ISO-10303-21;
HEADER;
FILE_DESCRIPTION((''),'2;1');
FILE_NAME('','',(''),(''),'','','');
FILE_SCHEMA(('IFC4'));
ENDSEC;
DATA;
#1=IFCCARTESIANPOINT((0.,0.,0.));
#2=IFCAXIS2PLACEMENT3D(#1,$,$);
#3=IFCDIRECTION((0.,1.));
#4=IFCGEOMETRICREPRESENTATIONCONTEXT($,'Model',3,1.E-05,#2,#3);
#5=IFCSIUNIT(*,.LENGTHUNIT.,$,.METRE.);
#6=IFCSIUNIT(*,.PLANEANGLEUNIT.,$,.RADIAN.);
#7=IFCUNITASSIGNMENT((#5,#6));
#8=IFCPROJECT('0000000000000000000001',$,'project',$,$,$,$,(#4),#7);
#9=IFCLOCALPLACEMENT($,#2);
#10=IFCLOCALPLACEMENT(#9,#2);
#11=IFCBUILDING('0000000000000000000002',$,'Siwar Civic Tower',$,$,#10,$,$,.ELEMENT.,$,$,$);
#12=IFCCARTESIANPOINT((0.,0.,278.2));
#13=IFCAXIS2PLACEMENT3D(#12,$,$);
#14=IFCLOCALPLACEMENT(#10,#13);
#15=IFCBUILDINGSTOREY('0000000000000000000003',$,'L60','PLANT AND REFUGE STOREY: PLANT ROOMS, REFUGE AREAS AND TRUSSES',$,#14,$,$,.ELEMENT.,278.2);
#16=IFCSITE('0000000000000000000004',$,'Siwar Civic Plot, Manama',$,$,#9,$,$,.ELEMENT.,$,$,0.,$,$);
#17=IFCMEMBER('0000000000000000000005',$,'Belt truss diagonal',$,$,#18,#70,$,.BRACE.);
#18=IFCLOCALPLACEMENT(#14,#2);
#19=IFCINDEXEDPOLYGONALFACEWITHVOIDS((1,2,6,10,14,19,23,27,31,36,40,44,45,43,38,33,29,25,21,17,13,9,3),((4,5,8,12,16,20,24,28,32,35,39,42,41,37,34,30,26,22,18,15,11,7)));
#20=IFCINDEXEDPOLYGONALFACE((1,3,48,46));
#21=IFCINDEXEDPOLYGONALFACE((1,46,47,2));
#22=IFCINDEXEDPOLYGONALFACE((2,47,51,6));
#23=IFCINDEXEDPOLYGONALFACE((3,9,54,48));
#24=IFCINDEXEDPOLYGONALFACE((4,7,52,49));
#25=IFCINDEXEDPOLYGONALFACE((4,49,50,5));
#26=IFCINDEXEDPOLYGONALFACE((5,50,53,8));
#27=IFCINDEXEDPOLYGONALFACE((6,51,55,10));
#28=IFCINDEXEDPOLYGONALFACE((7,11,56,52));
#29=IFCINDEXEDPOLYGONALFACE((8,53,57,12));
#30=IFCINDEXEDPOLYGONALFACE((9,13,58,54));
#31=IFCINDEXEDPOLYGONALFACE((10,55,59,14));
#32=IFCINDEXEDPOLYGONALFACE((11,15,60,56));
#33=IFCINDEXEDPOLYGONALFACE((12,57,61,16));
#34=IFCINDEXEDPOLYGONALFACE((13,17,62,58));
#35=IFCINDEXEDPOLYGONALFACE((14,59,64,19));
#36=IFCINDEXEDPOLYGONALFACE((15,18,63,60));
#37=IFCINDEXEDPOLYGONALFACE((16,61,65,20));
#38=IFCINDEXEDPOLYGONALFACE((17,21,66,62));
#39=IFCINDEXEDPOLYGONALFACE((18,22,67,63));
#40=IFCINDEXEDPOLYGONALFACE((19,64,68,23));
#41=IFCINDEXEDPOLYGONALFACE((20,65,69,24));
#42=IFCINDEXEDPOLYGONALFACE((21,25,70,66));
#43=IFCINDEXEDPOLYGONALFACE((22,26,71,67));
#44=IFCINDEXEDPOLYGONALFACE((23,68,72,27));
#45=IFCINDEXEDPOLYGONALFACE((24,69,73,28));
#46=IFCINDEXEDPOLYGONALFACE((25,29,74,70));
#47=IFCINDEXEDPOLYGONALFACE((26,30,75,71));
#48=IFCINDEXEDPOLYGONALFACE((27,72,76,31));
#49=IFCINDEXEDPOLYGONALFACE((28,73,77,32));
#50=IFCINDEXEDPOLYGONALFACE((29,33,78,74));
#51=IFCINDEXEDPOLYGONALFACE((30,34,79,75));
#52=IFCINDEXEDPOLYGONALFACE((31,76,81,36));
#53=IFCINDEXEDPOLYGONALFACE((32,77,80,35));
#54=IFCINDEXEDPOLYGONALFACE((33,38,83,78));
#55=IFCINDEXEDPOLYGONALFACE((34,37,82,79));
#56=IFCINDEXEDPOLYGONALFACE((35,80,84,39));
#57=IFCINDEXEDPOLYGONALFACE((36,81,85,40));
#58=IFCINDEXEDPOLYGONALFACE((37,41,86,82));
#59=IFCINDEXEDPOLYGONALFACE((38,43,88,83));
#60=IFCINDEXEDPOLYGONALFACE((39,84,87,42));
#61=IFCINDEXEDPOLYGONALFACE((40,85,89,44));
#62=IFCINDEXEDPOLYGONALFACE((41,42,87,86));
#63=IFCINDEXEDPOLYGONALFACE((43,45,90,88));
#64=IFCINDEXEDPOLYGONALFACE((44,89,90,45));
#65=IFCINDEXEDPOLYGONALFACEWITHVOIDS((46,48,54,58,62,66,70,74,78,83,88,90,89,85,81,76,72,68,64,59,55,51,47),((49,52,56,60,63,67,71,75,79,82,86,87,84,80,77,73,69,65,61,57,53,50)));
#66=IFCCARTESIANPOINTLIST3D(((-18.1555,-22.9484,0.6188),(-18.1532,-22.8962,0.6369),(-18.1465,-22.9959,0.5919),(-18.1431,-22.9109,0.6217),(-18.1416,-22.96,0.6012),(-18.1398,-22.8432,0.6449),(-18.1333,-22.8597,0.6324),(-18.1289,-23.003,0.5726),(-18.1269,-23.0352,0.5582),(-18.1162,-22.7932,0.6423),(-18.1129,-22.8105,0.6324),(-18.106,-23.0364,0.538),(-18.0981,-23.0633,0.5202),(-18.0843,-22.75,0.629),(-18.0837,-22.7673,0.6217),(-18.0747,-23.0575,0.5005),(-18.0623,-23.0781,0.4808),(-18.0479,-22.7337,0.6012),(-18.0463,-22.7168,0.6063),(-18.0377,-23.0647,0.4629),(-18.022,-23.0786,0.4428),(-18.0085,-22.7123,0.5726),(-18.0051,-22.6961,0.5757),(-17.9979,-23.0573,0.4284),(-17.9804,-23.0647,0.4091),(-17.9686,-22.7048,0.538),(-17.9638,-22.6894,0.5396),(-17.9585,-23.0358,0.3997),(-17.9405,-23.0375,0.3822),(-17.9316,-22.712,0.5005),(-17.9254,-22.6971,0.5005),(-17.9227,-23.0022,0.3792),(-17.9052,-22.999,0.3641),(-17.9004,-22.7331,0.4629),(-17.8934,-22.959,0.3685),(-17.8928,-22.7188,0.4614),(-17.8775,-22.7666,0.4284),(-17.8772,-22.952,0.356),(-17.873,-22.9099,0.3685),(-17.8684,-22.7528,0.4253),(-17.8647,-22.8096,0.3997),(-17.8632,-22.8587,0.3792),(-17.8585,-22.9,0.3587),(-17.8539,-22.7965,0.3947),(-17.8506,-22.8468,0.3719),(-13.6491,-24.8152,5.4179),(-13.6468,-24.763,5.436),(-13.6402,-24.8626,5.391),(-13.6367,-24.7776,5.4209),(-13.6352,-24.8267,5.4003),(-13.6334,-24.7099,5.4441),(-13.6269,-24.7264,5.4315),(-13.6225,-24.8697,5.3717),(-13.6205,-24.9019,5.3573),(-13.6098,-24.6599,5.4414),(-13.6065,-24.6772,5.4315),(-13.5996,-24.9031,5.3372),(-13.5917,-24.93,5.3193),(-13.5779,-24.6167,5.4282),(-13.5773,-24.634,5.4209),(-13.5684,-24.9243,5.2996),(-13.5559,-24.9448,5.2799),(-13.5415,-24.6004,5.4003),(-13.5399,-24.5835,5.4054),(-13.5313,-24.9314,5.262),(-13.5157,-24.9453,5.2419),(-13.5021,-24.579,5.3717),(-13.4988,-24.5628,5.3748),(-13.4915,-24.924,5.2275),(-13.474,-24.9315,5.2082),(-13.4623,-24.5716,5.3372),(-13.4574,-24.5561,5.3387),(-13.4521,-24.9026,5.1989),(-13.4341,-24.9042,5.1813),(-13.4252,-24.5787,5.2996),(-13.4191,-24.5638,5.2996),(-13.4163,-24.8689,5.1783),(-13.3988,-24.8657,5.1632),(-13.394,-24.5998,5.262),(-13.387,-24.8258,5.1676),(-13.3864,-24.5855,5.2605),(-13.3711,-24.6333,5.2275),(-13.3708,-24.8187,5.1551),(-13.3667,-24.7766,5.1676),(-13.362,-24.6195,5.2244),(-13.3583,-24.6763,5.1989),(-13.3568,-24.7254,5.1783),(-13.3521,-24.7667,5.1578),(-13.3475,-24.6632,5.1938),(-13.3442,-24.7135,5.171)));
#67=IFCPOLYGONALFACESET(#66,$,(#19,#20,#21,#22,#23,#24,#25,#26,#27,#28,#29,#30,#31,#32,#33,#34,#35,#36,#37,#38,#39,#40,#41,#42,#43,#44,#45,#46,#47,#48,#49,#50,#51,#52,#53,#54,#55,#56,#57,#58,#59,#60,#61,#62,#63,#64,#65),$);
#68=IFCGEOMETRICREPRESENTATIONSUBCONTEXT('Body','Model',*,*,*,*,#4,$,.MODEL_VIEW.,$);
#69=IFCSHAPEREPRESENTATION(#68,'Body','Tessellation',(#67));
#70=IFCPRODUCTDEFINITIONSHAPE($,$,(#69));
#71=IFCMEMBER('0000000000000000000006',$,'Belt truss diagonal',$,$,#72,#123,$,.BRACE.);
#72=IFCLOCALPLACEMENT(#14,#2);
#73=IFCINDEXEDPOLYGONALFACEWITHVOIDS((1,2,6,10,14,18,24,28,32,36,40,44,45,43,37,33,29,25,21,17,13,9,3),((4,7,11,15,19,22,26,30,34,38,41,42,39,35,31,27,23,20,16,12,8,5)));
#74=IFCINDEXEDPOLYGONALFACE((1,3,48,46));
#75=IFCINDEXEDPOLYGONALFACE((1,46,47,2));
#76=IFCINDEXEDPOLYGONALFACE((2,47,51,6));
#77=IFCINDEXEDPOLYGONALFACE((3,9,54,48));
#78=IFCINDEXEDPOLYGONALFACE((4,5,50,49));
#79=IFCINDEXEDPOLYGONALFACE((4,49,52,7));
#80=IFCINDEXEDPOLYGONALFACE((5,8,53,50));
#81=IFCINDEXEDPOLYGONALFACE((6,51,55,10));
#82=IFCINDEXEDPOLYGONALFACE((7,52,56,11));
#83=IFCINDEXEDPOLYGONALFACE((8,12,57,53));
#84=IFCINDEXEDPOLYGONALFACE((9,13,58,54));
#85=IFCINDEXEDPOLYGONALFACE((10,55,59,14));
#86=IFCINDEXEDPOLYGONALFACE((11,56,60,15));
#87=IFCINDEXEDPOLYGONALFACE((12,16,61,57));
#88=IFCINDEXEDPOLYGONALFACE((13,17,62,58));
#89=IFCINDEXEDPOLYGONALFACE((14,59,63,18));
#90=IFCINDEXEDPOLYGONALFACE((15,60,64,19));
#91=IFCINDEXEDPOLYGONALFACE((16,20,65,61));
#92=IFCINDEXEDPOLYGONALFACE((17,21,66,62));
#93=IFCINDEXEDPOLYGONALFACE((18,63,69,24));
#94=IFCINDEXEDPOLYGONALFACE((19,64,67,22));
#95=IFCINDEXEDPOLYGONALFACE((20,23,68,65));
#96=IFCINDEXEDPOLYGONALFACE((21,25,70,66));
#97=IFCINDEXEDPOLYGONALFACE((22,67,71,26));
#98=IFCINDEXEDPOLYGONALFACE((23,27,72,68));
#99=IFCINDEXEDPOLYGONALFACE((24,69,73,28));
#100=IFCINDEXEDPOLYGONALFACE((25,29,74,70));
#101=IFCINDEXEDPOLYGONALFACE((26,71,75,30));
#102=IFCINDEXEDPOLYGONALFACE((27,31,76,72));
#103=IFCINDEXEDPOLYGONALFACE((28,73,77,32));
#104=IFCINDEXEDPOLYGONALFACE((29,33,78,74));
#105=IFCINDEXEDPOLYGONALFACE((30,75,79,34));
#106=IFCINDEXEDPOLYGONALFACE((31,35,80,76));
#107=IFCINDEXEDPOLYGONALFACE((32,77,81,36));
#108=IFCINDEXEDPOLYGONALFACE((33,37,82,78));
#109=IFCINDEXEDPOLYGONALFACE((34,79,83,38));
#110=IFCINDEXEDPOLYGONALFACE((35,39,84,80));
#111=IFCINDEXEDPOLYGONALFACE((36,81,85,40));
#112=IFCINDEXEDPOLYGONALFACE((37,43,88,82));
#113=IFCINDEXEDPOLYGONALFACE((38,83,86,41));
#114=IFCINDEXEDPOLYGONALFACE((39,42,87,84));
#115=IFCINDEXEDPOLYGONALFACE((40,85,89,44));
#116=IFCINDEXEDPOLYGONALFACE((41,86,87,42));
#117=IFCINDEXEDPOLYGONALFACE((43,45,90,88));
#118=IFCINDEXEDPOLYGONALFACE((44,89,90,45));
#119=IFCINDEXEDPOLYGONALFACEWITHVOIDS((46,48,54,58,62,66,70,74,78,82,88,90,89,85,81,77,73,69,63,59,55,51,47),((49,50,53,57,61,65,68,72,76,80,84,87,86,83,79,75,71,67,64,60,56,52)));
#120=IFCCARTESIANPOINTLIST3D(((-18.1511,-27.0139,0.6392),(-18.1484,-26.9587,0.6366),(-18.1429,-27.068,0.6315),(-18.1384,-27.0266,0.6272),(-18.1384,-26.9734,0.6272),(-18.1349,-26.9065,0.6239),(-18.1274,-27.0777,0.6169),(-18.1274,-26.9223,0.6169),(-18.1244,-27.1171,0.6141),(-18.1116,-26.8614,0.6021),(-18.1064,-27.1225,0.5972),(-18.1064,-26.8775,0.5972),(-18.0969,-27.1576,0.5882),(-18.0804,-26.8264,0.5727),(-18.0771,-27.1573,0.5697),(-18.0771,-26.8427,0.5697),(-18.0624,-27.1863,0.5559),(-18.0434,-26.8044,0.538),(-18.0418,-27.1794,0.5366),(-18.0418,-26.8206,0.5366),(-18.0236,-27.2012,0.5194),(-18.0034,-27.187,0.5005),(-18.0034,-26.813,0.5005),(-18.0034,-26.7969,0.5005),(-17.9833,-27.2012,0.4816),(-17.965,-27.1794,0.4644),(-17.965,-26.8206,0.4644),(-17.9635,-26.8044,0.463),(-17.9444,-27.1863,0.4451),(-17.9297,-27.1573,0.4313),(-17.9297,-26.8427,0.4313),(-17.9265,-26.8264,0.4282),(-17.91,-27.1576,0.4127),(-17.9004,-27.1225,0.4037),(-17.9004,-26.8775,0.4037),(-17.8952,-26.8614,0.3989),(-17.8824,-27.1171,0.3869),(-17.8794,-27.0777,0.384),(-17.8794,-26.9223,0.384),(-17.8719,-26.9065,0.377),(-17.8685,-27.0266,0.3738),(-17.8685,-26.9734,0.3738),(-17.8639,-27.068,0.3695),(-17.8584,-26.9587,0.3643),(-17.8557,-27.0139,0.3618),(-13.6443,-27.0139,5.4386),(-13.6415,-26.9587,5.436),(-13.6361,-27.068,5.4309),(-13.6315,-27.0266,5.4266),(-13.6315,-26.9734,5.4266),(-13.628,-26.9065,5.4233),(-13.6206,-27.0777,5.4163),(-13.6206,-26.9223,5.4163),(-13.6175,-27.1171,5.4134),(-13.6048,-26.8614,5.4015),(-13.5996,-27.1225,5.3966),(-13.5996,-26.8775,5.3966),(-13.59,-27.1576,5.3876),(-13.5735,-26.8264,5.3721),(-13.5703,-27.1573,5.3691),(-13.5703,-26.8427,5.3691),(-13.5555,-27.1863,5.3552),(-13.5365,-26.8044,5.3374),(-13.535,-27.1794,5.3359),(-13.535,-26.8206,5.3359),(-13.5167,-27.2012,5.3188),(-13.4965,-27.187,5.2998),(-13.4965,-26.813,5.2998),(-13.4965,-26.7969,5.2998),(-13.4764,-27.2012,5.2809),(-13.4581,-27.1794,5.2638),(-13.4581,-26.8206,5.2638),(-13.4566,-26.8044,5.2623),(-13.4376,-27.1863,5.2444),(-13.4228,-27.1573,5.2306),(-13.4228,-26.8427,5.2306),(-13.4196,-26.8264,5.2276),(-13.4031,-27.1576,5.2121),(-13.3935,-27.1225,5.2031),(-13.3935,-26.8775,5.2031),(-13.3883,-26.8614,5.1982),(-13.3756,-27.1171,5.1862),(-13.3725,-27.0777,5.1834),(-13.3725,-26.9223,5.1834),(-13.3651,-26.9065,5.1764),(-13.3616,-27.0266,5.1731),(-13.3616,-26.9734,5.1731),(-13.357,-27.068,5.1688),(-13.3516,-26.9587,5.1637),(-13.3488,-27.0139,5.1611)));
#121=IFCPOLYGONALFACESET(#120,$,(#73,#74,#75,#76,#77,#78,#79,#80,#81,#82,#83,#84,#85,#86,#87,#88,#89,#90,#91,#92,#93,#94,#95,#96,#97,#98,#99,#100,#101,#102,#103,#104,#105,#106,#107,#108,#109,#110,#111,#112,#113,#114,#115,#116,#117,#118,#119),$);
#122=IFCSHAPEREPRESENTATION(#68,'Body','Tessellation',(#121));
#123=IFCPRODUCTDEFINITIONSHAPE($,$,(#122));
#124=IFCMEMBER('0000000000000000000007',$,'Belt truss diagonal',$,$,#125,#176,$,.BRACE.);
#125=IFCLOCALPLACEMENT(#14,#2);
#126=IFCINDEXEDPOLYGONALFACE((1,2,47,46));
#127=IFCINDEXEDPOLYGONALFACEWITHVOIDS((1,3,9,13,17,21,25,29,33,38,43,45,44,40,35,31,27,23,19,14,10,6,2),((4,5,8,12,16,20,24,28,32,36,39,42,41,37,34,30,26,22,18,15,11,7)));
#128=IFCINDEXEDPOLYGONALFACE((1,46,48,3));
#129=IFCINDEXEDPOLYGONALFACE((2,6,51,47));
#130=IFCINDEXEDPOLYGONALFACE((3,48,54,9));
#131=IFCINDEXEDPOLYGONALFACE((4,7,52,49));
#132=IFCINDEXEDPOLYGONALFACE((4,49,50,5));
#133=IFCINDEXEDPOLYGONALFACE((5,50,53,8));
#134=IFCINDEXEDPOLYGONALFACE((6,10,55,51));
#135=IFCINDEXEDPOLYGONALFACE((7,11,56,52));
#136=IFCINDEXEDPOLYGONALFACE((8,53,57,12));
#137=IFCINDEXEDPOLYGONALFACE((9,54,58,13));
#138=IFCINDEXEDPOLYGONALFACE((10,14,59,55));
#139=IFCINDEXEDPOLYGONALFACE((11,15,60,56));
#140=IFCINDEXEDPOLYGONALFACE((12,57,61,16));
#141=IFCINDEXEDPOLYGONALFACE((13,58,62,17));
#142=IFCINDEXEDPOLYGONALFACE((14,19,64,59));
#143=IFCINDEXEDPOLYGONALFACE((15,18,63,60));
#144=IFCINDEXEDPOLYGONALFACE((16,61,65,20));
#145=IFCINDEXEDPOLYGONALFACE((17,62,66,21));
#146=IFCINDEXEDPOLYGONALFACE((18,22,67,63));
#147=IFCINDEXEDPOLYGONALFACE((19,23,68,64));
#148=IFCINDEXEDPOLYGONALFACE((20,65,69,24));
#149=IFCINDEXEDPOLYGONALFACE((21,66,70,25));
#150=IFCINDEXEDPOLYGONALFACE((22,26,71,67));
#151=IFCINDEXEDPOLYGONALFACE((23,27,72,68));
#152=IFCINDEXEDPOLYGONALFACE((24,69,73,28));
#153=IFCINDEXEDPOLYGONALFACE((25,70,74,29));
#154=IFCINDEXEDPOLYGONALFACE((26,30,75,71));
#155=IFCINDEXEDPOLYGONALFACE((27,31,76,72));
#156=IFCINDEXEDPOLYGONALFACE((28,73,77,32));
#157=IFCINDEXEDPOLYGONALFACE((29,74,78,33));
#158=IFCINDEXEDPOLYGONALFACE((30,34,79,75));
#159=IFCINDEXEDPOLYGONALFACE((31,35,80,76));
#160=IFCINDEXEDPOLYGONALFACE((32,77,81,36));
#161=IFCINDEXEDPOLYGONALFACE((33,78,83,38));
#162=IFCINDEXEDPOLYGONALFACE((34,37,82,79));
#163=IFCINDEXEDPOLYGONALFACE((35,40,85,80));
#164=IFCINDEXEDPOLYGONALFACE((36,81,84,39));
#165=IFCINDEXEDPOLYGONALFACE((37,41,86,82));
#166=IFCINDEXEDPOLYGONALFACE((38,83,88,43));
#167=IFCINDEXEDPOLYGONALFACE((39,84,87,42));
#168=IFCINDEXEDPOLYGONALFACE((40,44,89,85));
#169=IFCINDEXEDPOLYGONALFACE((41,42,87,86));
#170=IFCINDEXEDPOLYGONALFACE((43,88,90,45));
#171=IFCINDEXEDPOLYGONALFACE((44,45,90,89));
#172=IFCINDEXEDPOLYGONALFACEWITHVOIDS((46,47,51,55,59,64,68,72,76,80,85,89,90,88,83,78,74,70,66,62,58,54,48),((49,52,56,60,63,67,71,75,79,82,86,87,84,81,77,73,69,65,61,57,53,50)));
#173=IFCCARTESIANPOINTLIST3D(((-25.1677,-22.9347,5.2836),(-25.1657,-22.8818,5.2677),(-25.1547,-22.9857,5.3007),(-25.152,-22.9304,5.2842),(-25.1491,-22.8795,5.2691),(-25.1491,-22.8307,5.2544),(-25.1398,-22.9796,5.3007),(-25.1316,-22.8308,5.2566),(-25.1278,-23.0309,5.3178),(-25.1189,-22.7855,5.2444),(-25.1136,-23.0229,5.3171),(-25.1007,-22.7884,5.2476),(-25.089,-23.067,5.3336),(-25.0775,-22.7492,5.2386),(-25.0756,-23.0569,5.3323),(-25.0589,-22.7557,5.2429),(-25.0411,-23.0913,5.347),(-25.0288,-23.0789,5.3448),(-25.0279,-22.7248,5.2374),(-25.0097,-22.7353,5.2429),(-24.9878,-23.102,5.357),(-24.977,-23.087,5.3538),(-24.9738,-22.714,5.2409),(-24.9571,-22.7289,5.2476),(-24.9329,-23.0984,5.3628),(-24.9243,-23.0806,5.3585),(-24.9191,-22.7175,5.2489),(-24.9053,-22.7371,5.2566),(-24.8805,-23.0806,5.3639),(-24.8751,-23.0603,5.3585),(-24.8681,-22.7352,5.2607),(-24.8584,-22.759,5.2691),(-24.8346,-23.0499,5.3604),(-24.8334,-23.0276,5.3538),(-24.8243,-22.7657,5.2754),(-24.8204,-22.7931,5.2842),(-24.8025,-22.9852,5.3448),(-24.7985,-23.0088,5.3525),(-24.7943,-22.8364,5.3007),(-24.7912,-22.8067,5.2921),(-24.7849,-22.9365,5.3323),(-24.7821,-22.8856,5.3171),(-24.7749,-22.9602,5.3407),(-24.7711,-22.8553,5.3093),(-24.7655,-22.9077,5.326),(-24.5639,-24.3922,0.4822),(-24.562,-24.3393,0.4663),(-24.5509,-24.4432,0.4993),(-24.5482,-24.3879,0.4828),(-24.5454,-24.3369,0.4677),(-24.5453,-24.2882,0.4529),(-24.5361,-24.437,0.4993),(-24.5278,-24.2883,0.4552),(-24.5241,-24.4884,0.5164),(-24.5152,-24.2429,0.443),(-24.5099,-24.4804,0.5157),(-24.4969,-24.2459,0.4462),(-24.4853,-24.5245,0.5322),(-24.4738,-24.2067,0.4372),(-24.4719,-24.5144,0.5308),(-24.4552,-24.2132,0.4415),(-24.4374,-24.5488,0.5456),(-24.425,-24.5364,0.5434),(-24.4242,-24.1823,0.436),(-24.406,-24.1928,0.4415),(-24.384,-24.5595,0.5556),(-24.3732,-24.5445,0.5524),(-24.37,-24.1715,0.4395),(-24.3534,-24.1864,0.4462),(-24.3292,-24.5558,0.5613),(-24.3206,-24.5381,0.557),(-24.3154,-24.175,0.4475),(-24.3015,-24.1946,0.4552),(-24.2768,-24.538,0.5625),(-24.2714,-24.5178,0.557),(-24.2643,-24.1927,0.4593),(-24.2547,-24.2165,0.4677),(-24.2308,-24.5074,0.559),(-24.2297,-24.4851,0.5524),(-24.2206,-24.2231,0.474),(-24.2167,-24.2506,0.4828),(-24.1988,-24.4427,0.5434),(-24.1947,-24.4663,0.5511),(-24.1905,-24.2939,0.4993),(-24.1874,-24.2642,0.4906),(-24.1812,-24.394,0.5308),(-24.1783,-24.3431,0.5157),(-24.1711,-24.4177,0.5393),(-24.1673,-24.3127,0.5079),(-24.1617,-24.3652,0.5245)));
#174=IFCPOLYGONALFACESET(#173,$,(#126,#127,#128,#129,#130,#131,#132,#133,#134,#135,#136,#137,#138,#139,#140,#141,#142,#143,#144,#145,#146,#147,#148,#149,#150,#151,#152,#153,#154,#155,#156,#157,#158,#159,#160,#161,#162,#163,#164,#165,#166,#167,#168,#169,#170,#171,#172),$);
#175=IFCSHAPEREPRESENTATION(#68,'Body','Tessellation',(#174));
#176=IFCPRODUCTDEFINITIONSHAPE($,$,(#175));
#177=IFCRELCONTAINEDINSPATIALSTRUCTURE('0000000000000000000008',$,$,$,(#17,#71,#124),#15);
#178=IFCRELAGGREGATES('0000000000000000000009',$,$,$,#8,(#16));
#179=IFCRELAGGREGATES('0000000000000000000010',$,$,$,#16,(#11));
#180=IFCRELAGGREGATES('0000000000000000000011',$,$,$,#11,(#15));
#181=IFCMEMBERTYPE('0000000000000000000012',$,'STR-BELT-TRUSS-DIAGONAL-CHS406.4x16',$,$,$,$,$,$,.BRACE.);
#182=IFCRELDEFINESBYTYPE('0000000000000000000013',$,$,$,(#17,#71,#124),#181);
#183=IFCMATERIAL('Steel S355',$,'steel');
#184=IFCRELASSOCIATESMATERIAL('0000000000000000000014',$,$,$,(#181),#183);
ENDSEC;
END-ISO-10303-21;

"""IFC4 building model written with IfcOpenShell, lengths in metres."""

from ifc_helpers import new_model, si_unit, direction, frame, origin, origin_2d, place, context, subcontext, project, spatial, hollow_circle, extrude, material, material_profile, profile_set, type_object, element, save


model = new_model("IFC4")

# Units and contexts
model_context = context("Model", 3, precision=1e-05, world=origin(), true_north=direction((0.0, 1.0)))
body_context = subcontext(model_context, "Body", "Model", "MODEL_VIEW")
ifc_project = project(units=[si_unit("LENGTHUNIT", "METRE"), si_unit("PLANEANGLEUNIT", "RADIAN")], contexts=[model_context])

# Site, building, storey
site_placement = place(None, origin())
site = spatial("IfcSite", under=ifc_project, at=site_placement, Name="Siwar Civic Plot, Manama", CompositionType="ELEMENT", RefElevation=0.0)
building_placement = place(site_placement, origin())
building = spatial("IfcBuilding", under=site, at=building_placement, Name="Siwar Civic Tower", CompositionType="ELEMENT")
storey_placement = place(building_placement, frame((0.0, 0.0, 278.2)))
storey = spatial("IfcBuildingStorey", under=building, at=storey_placement, Name="L60", Description="PLANT AND REFUGE STOREY: PLANT ROOMS, REFUGE AREAS AND TRUSSES", CompositionType="ELEMENT", Elevation=278.2)

# Members
ifc_material_1 = material(Name="Steel S355", Category="steel")
ifc_material_profile_1 = material_profile(ifc_material_1, hollow_circle(Radius=0.2031, WallThickness=0.0161, at=origin_2d()), Name="CHS406.4x16")
ifc_profile_set_1 = profile_set([ifc_material_profile_1], Name="Steel S355")
member_type_1 = type_object("IfcMemberType", Name="STR-BELT-TRUSS-DIAGONAL-CHS406.4x16", PredefinedType="BRACE", material=ifc_profile_set_1)
member_1_placement = place(storey_placement, frame((-18.0032, -22.8848, 0.5005), z_axis=(0.658561, -0.272801, 0.70134), x_axis=(0.382702, 0.923872, 0.0)))
element("IfcMember", 1, at=member_1_placement, inside=storey, type_object=member_type_1, Name="Belt truss diagonal", PredefinedType="BRACE", context=body_context, shape_type="SweptSolid", body=[
    extrude(hollow_circle(Radius=0.2031, WallThickness=0.0161, at=origin_2d()), origin(), (0.0, 0.0, 1.0), 6.8428),
])
member_2_placement = place(storey_placement, frame((-18.0034, -27.0, 0.5005), z_axis=(0.684545, 0.0, 0.72897), x_axis=(0.0, 1.0, 0.0)))
element("IfcMember", 2, at=member_2_placement, inside=storey, type_object=member_type_1, Name="Belt truss diagonal", PredefinedType="BRACE", context=body_context, shape_type="SweptSolid", body=[
    extrude(hollow_circle(Radius=0.2031, WallThickness=0.0161, at=origin_2d()), origin(), (0.0, 0.0, 1.0), 6.5837),
])
member_3_placement = place(storey_placement, frame((-24.3633, -24.3655, 0.4993), z_axis=(-0.119461, 0.288386, 0.950033), x_axis=(-0.923872, -0.382703, 0.0)))
element("IfcMember", 3, at=member_3_placement, inside=storey, type_object=member_type_1, Name="Belt truss diagonal", PredefinedType="BRACE", context=body_context, shape_type="SweptSolid", body=[
    extrude(hollow_circle(Radius=0.2031, WallThickness=0.0161, at=origin_2d()), origin(), (0.0, 0.0, 1.0), 5.054),
])

save(model, "model.ifc")
